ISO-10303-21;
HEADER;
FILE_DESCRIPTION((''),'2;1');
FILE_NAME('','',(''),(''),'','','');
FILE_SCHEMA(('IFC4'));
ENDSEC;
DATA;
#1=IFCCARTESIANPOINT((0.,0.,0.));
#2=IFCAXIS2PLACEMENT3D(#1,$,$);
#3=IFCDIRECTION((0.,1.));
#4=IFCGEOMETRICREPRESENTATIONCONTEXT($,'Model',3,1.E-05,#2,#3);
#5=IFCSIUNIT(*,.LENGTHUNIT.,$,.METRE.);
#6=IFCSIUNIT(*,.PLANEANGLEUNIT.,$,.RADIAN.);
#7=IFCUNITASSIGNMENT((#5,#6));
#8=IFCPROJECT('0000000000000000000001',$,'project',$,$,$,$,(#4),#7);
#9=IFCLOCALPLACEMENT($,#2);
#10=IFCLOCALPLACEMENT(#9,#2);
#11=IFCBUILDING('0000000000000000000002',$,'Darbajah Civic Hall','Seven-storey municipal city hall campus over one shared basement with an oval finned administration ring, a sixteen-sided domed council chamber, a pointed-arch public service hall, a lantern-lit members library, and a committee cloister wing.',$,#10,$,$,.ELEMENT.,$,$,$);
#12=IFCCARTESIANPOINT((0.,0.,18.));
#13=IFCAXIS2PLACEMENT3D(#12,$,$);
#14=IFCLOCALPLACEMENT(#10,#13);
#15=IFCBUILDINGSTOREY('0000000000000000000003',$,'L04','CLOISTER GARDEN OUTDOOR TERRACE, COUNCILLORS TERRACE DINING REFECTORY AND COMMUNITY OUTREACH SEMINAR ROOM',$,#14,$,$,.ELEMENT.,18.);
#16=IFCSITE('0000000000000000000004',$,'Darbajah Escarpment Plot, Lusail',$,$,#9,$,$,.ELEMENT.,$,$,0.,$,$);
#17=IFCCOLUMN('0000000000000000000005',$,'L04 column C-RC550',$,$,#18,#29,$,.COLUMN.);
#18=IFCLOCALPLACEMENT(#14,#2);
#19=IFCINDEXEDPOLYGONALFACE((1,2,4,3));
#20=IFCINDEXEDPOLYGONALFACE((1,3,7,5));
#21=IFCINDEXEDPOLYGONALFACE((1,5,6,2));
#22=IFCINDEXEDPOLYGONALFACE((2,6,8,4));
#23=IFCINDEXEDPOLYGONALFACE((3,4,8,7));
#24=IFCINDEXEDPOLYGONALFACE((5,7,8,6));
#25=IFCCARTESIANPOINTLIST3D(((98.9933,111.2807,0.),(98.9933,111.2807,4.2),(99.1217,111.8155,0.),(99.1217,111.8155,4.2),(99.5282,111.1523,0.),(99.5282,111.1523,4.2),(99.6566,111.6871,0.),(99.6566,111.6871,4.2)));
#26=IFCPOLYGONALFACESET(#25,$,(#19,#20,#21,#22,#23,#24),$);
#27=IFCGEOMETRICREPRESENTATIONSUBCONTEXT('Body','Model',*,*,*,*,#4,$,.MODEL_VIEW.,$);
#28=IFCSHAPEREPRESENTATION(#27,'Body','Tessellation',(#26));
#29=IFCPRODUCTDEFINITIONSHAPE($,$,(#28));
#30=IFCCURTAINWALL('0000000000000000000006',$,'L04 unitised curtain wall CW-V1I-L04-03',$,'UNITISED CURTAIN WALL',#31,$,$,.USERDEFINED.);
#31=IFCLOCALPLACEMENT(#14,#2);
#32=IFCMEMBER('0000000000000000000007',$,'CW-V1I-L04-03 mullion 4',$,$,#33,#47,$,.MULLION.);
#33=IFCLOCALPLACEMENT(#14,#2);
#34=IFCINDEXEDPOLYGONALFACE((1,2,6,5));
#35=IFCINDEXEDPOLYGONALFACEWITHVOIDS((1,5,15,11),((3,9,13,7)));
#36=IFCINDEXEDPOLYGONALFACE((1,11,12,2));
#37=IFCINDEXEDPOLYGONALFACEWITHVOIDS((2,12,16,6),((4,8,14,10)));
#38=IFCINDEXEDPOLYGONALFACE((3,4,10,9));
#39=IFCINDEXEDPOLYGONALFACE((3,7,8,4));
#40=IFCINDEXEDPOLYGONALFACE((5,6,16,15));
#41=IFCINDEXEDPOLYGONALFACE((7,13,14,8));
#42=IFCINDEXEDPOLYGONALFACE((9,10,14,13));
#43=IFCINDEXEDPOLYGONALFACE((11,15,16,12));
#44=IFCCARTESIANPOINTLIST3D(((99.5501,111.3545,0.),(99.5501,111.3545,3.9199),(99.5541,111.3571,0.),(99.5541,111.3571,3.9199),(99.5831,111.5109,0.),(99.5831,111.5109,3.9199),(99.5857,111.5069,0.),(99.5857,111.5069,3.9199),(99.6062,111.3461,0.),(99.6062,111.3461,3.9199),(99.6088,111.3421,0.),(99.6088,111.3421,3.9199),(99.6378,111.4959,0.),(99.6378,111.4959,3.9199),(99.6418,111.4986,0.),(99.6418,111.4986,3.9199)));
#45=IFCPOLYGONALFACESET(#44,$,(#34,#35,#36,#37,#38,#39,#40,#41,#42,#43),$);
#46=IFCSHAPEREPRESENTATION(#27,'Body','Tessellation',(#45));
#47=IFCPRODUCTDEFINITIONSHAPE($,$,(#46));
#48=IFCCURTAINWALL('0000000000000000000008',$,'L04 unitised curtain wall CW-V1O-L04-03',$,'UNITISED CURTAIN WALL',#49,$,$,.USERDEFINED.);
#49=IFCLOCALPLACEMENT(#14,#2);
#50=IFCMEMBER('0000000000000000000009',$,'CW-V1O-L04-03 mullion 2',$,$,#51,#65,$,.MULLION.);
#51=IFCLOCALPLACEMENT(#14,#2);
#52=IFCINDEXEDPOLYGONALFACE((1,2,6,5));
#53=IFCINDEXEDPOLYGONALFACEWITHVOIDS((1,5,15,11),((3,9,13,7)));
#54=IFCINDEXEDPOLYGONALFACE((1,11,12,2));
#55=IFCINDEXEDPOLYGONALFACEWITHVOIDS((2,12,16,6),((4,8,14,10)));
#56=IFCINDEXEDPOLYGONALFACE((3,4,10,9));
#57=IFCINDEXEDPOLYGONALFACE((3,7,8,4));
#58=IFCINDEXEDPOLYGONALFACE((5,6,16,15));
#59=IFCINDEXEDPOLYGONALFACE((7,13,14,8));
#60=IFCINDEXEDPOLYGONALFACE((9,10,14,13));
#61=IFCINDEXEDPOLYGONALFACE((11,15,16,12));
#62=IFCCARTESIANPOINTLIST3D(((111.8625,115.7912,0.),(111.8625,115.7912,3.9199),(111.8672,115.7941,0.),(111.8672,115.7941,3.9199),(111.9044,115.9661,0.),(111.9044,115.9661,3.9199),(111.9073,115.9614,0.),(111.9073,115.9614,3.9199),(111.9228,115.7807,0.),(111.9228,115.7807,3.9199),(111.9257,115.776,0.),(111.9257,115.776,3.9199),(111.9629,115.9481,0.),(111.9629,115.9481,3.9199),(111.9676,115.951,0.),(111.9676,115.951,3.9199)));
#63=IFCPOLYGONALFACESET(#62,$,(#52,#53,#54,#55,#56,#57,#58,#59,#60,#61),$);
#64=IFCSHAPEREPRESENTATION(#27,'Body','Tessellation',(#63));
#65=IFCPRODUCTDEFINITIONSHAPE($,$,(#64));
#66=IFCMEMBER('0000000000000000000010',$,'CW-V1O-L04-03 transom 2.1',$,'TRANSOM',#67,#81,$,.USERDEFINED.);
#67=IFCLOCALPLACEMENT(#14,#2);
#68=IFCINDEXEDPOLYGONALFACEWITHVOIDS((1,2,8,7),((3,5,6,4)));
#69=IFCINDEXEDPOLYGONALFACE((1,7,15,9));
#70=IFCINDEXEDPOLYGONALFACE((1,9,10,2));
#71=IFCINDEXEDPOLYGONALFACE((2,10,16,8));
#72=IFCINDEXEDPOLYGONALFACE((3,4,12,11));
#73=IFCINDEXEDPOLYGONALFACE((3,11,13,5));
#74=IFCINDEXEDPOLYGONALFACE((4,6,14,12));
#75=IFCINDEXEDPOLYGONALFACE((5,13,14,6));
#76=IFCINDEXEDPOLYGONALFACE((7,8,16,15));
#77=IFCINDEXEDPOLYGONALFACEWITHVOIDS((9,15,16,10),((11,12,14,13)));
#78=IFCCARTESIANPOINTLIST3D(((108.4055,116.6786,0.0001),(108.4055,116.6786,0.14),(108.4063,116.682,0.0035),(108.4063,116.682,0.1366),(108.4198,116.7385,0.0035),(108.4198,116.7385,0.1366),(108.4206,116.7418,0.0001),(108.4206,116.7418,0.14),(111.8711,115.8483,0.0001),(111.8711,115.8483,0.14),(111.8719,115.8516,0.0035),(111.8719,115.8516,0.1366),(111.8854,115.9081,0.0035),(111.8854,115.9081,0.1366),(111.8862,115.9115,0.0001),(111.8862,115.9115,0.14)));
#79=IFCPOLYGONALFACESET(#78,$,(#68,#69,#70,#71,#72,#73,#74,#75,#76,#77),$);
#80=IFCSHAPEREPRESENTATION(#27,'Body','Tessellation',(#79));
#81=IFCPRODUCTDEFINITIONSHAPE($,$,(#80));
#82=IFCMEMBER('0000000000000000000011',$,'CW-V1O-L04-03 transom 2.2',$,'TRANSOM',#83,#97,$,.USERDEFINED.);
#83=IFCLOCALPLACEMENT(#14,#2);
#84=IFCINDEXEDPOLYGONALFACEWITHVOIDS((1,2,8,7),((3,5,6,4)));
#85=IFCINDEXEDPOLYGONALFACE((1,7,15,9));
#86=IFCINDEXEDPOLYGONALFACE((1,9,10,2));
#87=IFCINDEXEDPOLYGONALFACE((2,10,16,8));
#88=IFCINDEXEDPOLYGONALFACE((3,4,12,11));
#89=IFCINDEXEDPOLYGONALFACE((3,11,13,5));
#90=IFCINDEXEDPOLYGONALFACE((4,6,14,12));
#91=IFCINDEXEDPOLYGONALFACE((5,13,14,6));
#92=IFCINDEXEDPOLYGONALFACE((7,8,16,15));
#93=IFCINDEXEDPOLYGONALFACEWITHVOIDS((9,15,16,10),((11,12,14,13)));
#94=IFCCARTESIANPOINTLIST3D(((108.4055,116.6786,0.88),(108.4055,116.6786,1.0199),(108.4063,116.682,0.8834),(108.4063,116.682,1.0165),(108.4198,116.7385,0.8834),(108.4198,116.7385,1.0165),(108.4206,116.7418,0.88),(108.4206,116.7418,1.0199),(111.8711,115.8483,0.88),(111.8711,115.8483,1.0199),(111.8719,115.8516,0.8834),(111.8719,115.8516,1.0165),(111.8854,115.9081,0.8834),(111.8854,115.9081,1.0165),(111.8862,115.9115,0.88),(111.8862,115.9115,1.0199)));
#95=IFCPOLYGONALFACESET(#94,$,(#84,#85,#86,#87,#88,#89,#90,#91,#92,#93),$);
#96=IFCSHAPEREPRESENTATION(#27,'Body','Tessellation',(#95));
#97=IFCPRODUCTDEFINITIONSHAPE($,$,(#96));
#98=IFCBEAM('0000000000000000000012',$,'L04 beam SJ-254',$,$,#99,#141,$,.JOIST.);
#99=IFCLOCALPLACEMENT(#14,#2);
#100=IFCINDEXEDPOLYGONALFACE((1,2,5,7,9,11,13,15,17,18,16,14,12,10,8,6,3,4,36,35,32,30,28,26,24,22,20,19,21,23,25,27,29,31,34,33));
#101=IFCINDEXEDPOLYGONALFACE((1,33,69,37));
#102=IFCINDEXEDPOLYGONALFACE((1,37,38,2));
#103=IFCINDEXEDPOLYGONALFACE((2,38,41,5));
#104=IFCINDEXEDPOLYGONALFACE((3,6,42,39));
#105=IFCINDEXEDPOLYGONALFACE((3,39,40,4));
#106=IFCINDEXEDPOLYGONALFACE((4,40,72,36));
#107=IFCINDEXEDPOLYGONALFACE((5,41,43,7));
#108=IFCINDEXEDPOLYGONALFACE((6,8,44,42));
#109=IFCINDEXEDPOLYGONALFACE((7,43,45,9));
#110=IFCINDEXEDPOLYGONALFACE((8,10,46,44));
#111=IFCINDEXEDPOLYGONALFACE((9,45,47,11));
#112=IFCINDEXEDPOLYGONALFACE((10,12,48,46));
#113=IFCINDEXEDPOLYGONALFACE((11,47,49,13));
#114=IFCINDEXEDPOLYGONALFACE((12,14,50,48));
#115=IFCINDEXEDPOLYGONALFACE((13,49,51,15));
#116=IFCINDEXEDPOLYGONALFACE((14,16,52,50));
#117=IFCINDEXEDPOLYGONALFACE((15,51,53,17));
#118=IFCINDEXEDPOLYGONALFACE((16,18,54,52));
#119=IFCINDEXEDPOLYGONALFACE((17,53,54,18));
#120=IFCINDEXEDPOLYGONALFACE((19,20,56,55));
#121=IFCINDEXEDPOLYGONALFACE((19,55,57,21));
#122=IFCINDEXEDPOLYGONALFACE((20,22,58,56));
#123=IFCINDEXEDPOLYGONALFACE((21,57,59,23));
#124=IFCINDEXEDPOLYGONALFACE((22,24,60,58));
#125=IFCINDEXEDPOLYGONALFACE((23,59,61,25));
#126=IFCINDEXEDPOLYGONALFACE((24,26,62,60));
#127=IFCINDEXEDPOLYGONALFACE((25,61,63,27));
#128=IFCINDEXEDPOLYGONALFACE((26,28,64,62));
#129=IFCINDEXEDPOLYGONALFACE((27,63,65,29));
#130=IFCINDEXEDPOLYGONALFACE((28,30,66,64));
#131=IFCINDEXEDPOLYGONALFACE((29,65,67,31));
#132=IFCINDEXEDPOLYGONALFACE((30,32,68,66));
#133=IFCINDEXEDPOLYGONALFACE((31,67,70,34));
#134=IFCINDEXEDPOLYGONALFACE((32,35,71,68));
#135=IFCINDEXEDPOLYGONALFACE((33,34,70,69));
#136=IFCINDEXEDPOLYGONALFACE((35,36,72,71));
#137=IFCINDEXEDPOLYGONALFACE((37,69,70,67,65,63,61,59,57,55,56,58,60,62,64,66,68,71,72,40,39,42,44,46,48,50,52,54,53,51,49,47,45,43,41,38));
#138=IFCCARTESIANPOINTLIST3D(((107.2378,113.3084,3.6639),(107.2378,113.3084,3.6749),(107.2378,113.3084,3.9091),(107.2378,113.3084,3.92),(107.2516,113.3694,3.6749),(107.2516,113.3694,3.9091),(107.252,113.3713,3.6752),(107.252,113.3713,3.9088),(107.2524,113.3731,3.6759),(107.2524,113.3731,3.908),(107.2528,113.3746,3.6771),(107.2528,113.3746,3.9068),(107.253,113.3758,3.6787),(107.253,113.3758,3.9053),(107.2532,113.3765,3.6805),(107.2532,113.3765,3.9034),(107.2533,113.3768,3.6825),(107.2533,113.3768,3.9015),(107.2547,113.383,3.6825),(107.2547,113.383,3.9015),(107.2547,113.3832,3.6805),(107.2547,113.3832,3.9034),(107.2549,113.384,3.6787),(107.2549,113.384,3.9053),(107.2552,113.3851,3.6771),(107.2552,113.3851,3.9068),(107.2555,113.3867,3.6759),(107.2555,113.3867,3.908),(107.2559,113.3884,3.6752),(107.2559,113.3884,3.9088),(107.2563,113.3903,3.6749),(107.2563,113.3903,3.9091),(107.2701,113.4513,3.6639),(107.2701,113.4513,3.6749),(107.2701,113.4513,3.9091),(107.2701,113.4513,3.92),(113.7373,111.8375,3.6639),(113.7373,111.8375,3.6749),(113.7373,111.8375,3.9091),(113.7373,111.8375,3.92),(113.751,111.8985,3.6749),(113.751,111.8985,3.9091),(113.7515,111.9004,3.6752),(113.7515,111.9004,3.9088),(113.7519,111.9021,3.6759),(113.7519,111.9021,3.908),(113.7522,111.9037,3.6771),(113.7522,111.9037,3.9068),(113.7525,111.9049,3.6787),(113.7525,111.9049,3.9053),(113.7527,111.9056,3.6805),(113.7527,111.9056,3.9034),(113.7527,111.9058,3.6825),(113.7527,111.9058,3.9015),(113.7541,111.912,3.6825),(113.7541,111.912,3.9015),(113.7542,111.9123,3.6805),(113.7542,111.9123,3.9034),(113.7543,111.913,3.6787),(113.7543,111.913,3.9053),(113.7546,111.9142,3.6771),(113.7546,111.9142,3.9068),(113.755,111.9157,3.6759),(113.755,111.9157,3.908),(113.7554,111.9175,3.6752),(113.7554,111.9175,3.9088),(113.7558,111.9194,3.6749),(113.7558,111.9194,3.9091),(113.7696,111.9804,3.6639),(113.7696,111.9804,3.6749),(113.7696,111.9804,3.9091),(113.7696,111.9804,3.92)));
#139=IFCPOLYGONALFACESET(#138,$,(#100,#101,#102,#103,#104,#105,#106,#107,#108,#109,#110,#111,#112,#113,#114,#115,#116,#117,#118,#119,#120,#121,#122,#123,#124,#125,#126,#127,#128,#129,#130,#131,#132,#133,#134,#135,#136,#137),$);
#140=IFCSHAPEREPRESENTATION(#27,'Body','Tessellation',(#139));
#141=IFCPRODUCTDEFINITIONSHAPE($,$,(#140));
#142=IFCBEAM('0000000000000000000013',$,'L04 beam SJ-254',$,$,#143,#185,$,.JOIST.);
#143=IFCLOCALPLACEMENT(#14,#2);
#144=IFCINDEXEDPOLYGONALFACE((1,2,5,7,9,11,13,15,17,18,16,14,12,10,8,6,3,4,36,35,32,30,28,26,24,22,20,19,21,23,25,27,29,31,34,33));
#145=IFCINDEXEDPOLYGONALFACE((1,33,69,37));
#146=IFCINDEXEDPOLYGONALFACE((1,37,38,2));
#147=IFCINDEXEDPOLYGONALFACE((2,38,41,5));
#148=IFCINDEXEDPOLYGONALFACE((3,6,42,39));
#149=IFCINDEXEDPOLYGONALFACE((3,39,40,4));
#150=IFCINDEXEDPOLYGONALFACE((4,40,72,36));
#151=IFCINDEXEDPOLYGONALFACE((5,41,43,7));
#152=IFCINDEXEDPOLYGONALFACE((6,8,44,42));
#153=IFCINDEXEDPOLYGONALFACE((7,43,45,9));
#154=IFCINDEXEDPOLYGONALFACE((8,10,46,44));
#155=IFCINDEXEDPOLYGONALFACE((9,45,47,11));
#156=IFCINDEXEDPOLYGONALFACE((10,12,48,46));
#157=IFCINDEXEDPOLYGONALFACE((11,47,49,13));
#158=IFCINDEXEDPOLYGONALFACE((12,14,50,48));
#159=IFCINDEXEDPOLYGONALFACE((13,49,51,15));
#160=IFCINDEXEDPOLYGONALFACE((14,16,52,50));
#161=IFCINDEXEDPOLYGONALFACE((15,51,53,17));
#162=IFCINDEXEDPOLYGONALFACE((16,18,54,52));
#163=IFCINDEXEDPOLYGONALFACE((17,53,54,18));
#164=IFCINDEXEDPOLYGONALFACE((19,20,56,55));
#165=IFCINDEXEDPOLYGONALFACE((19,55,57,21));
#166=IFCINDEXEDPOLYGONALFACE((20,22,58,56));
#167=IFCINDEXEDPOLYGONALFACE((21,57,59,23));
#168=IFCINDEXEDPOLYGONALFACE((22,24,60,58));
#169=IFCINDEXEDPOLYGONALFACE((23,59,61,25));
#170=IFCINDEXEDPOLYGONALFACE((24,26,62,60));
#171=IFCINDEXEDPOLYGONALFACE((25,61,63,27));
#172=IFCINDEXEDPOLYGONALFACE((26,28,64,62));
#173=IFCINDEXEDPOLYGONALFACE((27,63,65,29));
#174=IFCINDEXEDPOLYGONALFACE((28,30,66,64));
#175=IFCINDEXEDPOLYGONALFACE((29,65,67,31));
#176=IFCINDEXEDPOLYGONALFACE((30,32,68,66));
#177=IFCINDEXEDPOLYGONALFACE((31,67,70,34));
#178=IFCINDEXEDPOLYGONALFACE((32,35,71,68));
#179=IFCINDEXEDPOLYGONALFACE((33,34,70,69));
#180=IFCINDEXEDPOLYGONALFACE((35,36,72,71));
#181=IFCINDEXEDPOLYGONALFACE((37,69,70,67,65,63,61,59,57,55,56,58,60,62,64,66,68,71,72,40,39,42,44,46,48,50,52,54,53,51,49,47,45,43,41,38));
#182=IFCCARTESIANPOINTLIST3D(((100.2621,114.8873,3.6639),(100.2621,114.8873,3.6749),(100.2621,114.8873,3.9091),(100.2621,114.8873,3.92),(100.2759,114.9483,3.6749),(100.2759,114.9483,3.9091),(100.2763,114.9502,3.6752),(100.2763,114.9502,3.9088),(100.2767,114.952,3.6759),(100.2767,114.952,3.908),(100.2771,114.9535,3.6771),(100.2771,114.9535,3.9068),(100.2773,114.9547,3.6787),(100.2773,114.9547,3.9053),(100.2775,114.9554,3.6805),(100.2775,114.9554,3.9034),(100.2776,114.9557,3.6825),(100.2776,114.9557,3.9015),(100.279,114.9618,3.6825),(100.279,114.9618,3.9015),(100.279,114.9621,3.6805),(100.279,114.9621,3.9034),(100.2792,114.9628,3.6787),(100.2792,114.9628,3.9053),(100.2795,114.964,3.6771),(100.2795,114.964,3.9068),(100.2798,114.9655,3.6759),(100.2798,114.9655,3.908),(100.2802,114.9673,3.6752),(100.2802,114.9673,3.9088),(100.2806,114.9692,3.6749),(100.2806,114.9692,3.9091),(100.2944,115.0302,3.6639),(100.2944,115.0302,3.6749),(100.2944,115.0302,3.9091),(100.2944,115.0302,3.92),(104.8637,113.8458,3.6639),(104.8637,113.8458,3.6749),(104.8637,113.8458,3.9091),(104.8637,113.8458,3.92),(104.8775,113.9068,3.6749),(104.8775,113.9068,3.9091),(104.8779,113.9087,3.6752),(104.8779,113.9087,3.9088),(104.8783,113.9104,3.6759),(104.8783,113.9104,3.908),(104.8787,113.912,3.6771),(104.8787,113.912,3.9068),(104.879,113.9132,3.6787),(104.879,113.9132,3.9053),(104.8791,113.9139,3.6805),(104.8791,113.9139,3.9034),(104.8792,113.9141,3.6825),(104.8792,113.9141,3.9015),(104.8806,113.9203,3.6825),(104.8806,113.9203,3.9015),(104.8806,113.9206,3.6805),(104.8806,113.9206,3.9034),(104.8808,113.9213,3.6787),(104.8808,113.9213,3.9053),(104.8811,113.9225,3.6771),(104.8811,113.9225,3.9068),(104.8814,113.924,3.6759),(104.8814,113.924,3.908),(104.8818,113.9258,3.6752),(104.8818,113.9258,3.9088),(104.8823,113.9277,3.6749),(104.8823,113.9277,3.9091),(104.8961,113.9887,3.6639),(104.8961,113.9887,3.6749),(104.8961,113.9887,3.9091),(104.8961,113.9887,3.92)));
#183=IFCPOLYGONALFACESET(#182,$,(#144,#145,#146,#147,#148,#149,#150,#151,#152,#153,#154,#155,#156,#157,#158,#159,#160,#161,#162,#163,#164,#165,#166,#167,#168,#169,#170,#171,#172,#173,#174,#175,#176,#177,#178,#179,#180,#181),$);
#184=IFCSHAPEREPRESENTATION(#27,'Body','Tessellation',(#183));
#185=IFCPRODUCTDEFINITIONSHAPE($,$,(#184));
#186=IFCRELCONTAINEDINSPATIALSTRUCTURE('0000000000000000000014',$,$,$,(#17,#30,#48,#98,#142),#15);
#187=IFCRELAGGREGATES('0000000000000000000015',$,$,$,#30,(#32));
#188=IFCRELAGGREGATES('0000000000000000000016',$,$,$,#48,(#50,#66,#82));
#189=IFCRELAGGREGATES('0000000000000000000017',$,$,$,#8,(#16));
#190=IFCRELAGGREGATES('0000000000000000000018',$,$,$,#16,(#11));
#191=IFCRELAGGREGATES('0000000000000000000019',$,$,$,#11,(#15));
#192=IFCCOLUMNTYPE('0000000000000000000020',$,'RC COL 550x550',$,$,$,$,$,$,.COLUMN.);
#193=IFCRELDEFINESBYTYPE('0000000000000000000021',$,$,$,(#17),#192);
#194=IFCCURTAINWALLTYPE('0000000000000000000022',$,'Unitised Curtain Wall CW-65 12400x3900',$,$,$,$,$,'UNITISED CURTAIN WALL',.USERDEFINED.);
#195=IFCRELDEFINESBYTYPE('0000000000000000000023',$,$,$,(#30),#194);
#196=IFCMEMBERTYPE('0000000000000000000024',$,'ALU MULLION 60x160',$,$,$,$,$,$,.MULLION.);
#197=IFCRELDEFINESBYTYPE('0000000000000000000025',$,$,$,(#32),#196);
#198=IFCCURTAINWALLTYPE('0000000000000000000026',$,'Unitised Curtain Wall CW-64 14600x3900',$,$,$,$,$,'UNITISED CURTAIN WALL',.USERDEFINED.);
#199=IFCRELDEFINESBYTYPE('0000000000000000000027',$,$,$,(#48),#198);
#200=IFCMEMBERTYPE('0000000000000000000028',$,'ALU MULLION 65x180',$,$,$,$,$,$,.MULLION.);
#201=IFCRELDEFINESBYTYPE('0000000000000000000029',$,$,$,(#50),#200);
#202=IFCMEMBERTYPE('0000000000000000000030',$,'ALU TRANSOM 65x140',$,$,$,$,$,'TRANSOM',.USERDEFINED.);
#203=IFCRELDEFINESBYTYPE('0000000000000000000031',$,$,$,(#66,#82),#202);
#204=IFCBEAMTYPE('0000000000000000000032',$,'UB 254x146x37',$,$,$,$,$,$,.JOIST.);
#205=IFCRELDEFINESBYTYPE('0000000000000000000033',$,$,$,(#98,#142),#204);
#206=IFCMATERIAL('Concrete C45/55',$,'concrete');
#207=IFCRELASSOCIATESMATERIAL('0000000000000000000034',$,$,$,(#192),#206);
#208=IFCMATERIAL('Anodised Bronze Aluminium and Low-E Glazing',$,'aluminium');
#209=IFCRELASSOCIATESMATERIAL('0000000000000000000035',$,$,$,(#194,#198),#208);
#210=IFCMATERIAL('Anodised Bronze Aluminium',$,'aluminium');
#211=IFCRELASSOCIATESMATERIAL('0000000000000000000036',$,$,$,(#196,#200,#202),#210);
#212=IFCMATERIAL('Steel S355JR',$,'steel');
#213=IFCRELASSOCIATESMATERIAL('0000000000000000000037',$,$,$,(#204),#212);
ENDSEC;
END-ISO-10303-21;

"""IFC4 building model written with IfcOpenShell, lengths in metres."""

from ifc_helpers import new_model, si_unit, direction, frame, origin, origin_2d, place, context, subcontext, project, spatial, rectangle, hollow_rectangle, i_section, extrude, material, material_profile, profile_set, type_object, element, aggregate, save


model = new_model("IFC4")

# Units and contexts
model_context = context("Model", 3, precision=1e-05, world=origin(), true_north=direction((0.0, 1.0)))
body_context = subcontext(model_context, "Body", "Model", "MODEL_VIEW")
ifc_project = project(units=[si_unit("LENGTHUNIT", "METRE"), si_unit("PLANEANGLEUNIT", "RADIAN")], contexts=[model_context])

# Site, building, storey
site_placement = place(None, origin())
site = spatial("IfcSite", under=ifc_project, at=site_placement, Name="Darbajah Escarpment Plot, Lusail", CompositionType="ELEMENT", RefElevation=0.0)
building_placement = place(site_placement, origin())
building = spatial("IfcBuilding", under=site, at=building_placement, Name="Darbajah Civic Hall", Description="Seven-storey municipal city hall campus over one shared basement with an oval finned administration ring, a sixteen-sided domed council chamber, a pointed-arch public service hall, a lantern-lit members library, and a committee cloister wing.", CompositionType="ELEMENT")
storey_placement = place(building_placement, frame((0.0, 0.0, 18.0)))
storey = spatial("IfcBuildingStorey", under=building, at=storey_placement, Name="L04", Description="CLOISTER GARDEN OUTDOOR TERRACE, COUNCILLORS TERRACE DINING REFECTORY AND COMMUNITY OUTREACH SEMINAR ROOM", CompositionType="ELEMENT", Elevation=18.0)

# Column
ifc_material_1 = material(Name="Concrete C45/55", Category="concrete")
ifc_material_profile_1 = material_profile(ifc_material_1, rectangle(XDim=0.55, YDim=0.55, at=origin_2d()), Name="RC COL 550x550")
ifc_profile_set_1 = profile_set([ifc_material_profile_1], Name="Concrete C45/55")
column_type = type_object("IfcColumnType", Name="RC COL 550x550", PredefinedType="COLUMN", material=ifc_profile_set_1)
column_placement = place(storey_placement, frame((99.325, 111.4839, 0.0), z_axis=(0.0, 0.0, 1.0), x_axis=(0.233445, 0.97237, 0.0)))
element("IfcColumn", 1, at=column_placement, inside=storey, type_object=column_type, Name="L04 column C-RC550", PredefinedType="COLUMN", context=body_context, shape_type="SweptSolid", body=[
    extrude(rectangle(XDim=0.55, YDim=0.55, at=origin_2d()), origin(), (0.0, 0.0, 1.0), 4.2),
])

# Curtain wall, member
ifc_material_2 = material(Name="Anodised Bronze Aluminium and Low-E Glazing", Category="aluminium")
curtain_wall_type_1 = type_object("IfcCurtainWallType", Name="Unitised Curtain Wall CW-65 12400x3900", ElementType="UNITISED CURTAIN WALL", PredefinedType="USERDEFINED", material=ifc_material_2)
curtain_wall_1_placement = place(storey_placement, origin())
curtain_wall_1 = element("IfcCurtainWall", 2, at=curtain_wall_1_placement, inside=storey, type_object=curtain_wall_type_1, Name="L04 unitised curtain wall CW-V1I-L04-03", ObjectType="UNITISED CURTAIN WALL", PredefinedType="USERDEFINED")
ifc_material_3 = material(Name="Anodised Bronze Aluminium", Category="aluminium")
ifc_material_profile_2 = material_profile(ifc_material_3, hollow_rectangle(XDim=0.0601, YDim=0.1599, WallThickness=0.0034, at=origin_2d()), Name="ALU MULLION 60x160")
ifc_profile_set_2 = profile_set([ifc_material_profile_2], Name="Anodised Bronze Aluminium")
member_type_1 = type_object("IfcMemberType", Name="ALU MULLION 60x160", PredefinedType="MULLION", material=ifc_profile_set_2)
member_1_placement = place(storey_placement, frame((99.5959, 111.4265, 0.0), z_axis=(0.0, 0.0, 1.0), x_axis=(-0.978473, 0.206375, 0.0)))
member_1 = element("IfcMember", 3, at=member_1_placement, type_object=member_type_1, Name="CW-V1I-L04-03 mullion 4", PredefinedType="MULLION", context=body_context, shape_type="SweptSolid", body=[
    extrude(hollow_rectangle(XDim=0.0601, YDim=0.1599, WallThickness=0.0034, at=origin_2d()), origin(), (0.0, 0.0, 1.0), 3.9199),
])

# Curtain wall, members
curtain_wall_type_2 = type_object("IfcCurtainWallType", Name="Unitised Curtain Wall CW-64 14600x3900", ElementType="UNITISED CURTAIN WALL", PredefinedType="USERDEFINED", material=ifc_material_2)
curtain_wall_2_placement = place(storey_placement, origin())
curtain_wall_2 = element("IfcCurtainWall", 4, at=curtain_wall_2_placement, inside=storey, type_object=curtain_wall_type_2, Name="L04 unitised curtain wall CW-V1O-L04-03", ObjectType="UNITISED CURTAIN WALL", PredefinedType="USERDEFINED")
ifc_material_profile_3 = material_profile(ifc_material_3, hollow_rectangle(XDim=0.0649, YDim=0.1799, WallThickness=0.0039, at=origin_2d()), Name="ALU MULLION 65x180")
ifc_profile_set_3 = profile_set([ifc_material_profile_3], Name="Anodised Bronze Aluminium")
member_type_2 = type_object("IfcMemberType", Name="ALU MULLION 65x180", PredefinedType="MULLION", material=ifc_profile_set_3)
member_2_placement = place(storey_placement, frame((111.915, 115.8711, 0.0), z_axis=(0.0, 0.0, 1.0), x_axis=(-0.972492, 0.232936, 0.0)))
member_2 = element("IfcMember", 5, at=member_2_placement, type_object=member_type_2, Name="CW-V1O-L04-03 mullion 2", PredefinedType="MULLION", context=body_context, shape_type="SweptSolid", body=[
    extrude(hollow_rectangle(XDim=0.0649, YDim=0.1799, WallThickness=0.0039, at=origin_2d()), origin(), (0.0, 0.0, 1.0), 3.9199),
])
ifc_material_profile_4 = material_profile(ifc_material_3, hollow_rectangle(XDim=0.0649, YDim=0.1399, WallThickness=0.0034, at=origin_2d()), Name="ALU TRANSOM 65x140")
ifc_profile_set_4 = profile_set([ifc_material_profile_4], Name="Anodised Bronze Aluminium")
member_type_3 = type_object("IfcMemberType", Name="ALU TRANSOM 65x140", ElementType="TRANSOM", PredefinedType="USERDEFINED", material=ifc_profile_set_4)
member_3_placement = place(storey_placement, frame((111.8787, 115.8799, 0.0701), z_axis=(-0.972477, 0.232997, 0.0), x_axis=(-0.232997, -0.972477, 0.0)))
member_3 = element("IfcMember", 6, at=member_3_placement, type_object=member_type_3, Name="CW-V1O-L04-03 transom 2.1", ObjectType="TRANSOM", PredefinedType="USERDEFINED", context=body_context, shape_type="SweptSolid", body=[
    extrude(hollow_rectangle(XDim=0.0649, YDim=0.1399, WallThickness=0.0034, at=origin_2d()), origin(), (0.0, 0.0, 1.0), 3.5637),
])
member_4_placement = place(storey_placement, frame((111.8787, 115.8799, 0.95), z_axis=(-0.972477, 0.232997, 0.0), x_axis=(-0.232997, -0.972477, 0.0)))
member_4 = element("IfcMember", 7, at=member_4_placement, type_object=member_type_3, Name="CW-V1O-L04-03 transom 2.2", ObjectType="TRANSOM", PredefinedType="USERDEFINED", context=body_context, shape_type="SweptSolid", body=[
    extrude(hollow_rectangle(XDim=0.0649, YDim=0.1399, WallThickness=0.0034, at=origin_2d()), origin(), (0.0, 0.0, 1.0), 3.5637),
])

# Beams
ifc_material_4 = material(Name="Steel S355JR", Category="steel")
ifc_material_profile_5 = material_profile(ifc_material_4, i_section(OverallWidth=0.1465, OverallDepth=0.2561, WebThickness=0.0063, FlangeThickness=0.011, FilletRadius=0.0076, at=origin_2d()), Name="UB 254x146x37")
ifc_profile_set_5 = profile_set([ifc_material_profile_5], Name="Steel S355JR")
beam_type_1 = type_object("IfcBeamType", Name="UB 254x146x37", PredefinedType="JOIST", material=ifc_profile_set_5)
beam_1_placement = place(storey_placement, frame((113.7534, 111.9089, 3.792), z_axis=(-0.975334, 0.220734, 0.0), x_axis=(-0.220734, -0.975334, 0.0)))
element("IfcBeam", 8, at=beam_1_placement, inside=storey, type_object=beam_type_1, Name="L04 beam SJ-254", PredefinedType="JOIST", context=body_context, shape_type="SweptSolid", body=[
    extrude(i_section(OverallWidth=0.1465, OverallDepth=0.2561, WebThickness=0.0063, FlangeThickness=0.011, FilletRadius=0.0076, at=origin_2d()), origin(), (0.0, 0.0, 1.0), 6.6638),
])
beam_2_placement = place(storey_placement, frame((104.8799, 113.9172, 3.792), z_axis=(-0.97533, 0.220753, 0.0), x_axis=(-0.220753, -0.97533, 0.0)))
element("IfcBeam", 9, at=beam_2_placement, inside=storey, type_object=beam_type_1, Name="L04 beam SJ-254", PredefinedType="JOIST", context=body_context, shape_type="SweptSolid", body=[
    extrude(i_section(OverallWidth=0.1465, OverallDepth=0.2561, WebThickness=0.0063, FlangeThickness=0.011, FilletRadius=0.0076, at=origin_2d()), origin(), (0.0, 0.0, 1.0), 4.718),
])

aggregate(curtain_wall_1, [member_1])
aggregate(curtain_wall_2, [member_2, member_3, member_4])

save(model, "model.ifc")
